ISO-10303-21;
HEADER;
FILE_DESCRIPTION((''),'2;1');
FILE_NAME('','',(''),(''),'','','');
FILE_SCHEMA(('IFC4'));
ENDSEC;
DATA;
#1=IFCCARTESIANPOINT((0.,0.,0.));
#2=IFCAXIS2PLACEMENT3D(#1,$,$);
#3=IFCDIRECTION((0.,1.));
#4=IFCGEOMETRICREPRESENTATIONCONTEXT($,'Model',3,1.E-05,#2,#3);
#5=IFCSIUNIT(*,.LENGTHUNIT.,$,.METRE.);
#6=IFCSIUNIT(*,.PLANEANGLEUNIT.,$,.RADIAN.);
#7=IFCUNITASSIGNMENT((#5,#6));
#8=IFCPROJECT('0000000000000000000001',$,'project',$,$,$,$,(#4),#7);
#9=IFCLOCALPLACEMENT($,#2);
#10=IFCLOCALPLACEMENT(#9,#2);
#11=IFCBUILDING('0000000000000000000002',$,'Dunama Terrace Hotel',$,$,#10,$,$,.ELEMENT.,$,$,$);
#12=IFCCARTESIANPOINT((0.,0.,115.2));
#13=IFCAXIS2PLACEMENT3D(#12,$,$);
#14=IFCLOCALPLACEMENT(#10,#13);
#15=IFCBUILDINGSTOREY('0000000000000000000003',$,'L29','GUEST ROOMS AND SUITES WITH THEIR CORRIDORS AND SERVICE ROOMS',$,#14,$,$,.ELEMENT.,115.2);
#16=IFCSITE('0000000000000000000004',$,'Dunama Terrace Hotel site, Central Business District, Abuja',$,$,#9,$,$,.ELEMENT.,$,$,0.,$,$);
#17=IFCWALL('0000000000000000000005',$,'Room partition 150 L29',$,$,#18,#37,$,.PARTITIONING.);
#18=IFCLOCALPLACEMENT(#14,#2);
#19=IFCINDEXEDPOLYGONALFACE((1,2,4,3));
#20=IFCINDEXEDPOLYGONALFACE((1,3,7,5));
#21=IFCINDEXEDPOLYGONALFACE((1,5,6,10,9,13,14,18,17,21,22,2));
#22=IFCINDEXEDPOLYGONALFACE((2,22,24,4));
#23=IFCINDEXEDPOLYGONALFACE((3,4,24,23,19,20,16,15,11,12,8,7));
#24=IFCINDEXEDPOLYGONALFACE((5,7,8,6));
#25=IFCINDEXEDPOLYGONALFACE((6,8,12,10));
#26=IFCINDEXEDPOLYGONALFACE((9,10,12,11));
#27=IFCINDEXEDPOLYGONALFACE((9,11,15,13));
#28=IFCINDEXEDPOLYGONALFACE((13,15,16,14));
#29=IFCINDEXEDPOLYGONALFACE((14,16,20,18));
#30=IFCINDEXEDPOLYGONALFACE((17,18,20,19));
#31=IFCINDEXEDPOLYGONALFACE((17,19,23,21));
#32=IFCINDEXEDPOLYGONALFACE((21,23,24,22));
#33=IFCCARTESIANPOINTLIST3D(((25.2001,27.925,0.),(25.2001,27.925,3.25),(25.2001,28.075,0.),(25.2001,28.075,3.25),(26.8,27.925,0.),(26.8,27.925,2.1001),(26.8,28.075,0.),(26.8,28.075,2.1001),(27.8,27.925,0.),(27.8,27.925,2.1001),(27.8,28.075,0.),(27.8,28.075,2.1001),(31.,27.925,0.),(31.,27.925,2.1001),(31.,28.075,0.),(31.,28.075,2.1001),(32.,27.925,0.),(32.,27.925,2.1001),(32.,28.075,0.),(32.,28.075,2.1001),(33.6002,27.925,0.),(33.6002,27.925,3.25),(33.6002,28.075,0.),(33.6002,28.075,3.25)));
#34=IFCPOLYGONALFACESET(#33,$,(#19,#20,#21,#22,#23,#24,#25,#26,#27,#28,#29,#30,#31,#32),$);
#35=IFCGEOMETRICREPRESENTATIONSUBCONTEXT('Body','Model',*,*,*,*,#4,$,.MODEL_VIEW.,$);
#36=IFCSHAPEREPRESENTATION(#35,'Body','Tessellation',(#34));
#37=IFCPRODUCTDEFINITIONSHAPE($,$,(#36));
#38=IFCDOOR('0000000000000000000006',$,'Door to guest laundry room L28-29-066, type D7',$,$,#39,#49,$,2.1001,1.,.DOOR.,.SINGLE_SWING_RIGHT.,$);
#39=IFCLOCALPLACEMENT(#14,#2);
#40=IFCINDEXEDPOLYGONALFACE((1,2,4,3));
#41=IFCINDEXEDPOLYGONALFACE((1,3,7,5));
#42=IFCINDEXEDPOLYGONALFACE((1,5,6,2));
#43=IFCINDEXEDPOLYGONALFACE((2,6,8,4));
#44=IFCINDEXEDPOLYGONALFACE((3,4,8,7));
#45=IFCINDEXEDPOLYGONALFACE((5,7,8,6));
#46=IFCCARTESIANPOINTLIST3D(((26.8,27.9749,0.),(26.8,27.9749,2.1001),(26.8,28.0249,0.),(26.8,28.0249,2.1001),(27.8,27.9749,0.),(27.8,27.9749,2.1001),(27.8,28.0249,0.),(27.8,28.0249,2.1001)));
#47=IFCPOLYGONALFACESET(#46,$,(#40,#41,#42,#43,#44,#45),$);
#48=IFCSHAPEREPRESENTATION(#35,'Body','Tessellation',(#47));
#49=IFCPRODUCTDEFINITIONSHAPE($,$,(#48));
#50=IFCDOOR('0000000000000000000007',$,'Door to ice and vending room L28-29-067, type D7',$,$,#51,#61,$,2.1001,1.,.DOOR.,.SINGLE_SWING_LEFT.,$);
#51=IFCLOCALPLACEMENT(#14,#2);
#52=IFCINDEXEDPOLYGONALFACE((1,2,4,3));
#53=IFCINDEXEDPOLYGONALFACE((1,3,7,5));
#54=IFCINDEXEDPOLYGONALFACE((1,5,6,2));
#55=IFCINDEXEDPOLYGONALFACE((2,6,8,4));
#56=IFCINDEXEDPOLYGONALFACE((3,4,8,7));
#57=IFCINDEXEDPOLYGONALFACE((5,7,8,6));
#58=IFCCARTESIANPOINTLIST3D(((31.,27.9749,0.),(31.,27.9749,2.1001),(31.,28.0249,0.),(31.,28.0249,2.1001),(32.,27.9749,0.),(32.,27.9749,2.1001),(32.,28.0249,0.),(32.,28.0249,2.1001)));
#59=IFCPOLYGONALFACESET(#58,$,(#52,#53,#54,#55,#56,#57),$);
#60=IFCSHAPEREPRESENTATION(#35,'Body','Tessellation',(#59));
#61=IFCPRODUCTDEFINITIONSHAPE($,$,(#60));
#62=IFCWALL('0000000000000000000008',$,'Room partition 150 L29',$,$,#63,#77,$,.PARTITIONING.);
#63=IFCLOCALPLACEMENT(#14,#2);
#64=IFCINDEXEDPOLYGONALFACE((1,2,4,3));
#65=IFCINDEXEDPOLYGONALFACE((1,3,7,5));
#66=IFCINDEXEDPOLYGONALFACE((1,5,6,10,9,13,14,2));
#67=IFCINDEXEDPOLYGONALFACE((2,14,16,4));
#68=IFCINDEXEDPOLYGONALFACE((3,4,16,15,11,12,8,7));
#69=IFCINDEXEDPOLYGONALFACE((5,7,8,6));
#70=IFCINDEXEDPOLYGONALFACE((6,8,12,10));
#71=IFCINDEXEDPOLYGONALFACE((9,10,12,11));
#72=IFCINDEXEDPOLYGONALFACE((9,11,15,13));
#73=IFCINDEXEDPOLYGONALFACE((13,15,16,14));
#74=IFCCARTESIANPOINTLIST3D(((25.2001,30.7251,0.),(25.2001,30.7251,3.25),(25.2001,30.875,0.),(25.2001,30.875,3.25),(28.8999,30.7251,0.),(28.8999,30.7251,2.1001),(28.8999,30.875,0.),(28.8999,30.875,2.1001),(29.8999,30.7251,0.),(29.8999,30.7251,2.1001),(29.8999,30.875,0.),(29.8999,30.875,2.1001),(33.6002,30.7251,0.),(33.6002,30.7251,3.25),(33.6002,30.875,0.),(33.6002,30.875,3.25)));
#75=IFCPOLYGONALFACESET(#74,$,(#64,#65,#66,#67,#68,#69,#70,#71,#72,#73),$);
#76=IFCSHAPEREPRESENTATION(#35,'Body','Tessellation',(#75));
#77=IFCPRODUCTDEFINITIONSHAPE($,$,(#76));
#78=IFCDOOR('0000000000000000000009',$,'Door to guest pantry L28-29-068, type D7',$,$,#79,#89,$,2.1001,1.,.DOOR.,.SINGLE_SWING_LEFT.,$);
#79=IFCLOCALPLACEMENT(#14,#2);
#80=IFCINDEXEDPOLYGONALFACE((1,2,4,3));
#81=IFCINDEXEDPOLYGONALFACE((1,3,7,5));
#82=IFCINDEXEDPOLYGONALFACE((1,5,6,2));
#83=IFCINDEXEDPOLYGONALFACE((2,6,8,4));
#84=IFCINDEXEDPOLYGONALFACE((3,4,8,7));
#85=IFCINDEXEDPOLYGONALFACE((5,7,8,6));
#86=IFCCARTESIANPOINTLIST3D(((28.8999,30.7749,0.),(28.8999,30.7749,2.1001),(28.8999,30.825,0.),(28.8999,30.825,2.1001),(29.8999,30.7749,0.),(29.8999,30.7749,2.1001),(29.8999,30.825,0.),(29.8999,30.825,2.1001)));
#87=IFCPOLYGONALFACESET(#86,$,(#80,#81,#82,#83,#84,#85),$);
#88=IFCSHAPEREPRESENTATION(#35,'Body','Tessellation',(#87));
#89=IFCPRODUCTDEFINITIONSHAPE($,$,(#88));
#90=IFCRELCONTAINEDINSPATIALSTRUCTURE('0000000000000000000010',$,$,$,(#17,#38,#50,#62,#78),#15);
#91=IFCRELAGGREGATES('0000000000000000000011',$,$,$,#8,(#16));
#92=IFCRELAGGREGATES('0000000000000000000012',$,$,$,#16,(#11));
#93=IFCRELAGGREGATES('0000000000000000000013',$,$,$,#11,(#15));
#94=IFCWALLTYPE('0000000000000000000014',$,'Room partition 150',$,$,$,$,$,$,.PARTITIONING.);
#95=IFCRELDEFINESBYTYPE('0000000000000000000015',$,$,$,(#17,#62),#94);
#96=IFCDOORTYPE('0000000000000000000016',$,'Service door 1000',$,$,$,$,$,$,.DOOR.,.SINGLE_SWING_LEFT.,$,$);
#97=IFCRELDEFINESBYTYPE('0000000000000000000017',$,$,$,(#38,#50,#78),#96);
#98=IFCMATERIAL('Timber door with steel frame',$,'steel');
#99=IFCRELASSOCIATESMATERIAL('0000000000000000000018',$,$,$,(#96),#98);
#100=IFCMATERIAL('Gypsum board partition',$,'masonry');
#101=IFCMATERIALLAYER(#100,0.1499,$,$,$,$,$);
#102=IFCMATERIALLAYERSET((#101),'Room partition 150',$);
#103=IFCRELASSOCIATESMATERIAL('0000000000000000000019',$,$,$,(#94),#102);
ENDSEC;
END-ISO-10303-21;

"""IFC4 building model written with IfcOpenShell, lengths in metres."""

from ifc_helpers import new_model, si_unit, direction, frame, frame_2d, origin, place, context, subcontext, project, spatial, rectangle, extrude, material, layer, layer_set, type_object, element, fill, save


model = new_model("IFC4")

# Units and contexts
model_context = context("Model", 3, precision=1e-05, world=origin(), true_north=direction((0.0, 1.0)))
body_context = subcontext(model_context, "Body", "Model", "MODEL_VIEW")
ifc_project = project(units=[si_unit("LENGTHUNIT", "METRE"), si_unit("PLANEANGLEUNIT", "RADIAN")], contexts=[model_context])

# Site, building, storey
site_placement = place(None, origin())
site = spatial("IfcSite", under=ifc_project, at=site_placement, Name="Dunama Terrace Hotel site, Central Business District, Abuja", CompositionType="ELEMENT", RefElevation=0.0)
building_placement = place(site_placement, origin())
building = spatial("IfcBuilding", under=site, at=building_placement, Name="Dunama Terrace Hotel", CompositionType="ELEMENT")
storey_placement = place(building_placement, frame((0.0, 0.0, 115.2)))
storey = spatial("IfcBuildingStorey", under=building, at=storey_placement, Name="L29", Description="GUEST ROOMS AND SUITES WITH THEIR CORRIDORS AND SERVICE ROOMS", CompositionType="ELEMENT", Elevation=115.2)

# Shared definitions
ifc_material_1 = material(Name="Timber door with steel frame", Category="steel")
door_type_1 = type_object("IfcDoorType", Name="Service door 1000", OperationType="SINGLE_SWING_LEFT", PredefinedType="DOOR", material=ifc_material_1)

# Wall, openings, doors
ifc_material_2 = material(Name="Gypsum board partition", Category="masonry")
ifc_layer_1 = layer(ifc_material_2, 0.1499)
ifc_layer_set_1 = layer_set([ifc_layer_1], Name="Room partition 150")
wall_type_1 = type_object("IfcWallType", Name="Room partition 150", PredefinedType="PARTITIONING", material=ifc_layer_set_1)
wall_1_placement = place(storey_placement, frame((25.2, 28.0, 0.0), z_axis=(0.0, 0.0, 1.0), x_axis=(1.0, 0.0, 0.0)))
wall_1 = element("IfcWall", 1, at=wall_1_placement, inside=storey, type_object=wall_type_1, Name="Room partition 150 L29", PredefinedType="PARTITIONING", context=body_context, shape_type="SweptSolid", body=[
    extrude(rectangle(XDim=8.4001, YDim=0.1499, at=frame_2d((4.2002, 0.0))), origin(), (0.0, 0.0, 1.0), 3.25),
])
opening_1_placement = place(wall_1_placement, frame((1.6001, 0.0, 0.0)))
opening_1 = element("IfcOpeningElement", 2, at=opening_1_placement, cuts=wall_1, PredefinedType="OPENING", context=body_context, shape_type="SweptSolid", body=[
    extrude(rectangle(XDim=1.0, YDim=2.1001, at=frame_2d((0.5, 1.05))), frame((0.0, 0.085, 0.0), z_axis=(0.0, -1.0, 0.0), x_axis=(1.0, 0.0, 0.0)), (0.0, 0.0, 1.0), 0.1699),
])
opening_2_placement = place(wall_1_placement, frame((5.8, 0.0, 0.0)))
opening_2 = element("IfcOpeningElement", 3, at=opening_2_placement, cuts=wall_1, PredefinedType="OPENING", context=body_context, shape_type="SweptSolid", body=[
    extrude(rectangle(XDim=1.0, YDim=2.1001, at=frame_2d((0.5, 1.05))), frame((0.0, 0.085, 0.0), z_axis=(0.0, -1.0, 0.0), x_axis=(1.0, 0.0, 0.0)), (0.0, 0.0, 1.0), 0.1699),
])
door_1_placement = place(opening_1_placement, frame((1.0, 0.0, 0.0), z_axis=(0.0, 0.0, 1.0), x_axis=(-1.0, 0.0, 0.0)))
door_1 = element("IfcDoor", 4, at=door_1_placement, inside=storey, type_object=door_type_1, Name="Door to guest laundry room L28-29-066, type D7", OperationType="SINGLE_SWING_RIGHT", OverallHeight=2.1001, OverallWidth=1.0, PredefinedType="DOOR", context=body_context, shape_type="SweptSolid", body=[
    extrude(rectangle(XDim=1.0, YDim=2.1001, at=frame_2d((0.5, 1.05))), frame((0.0, 0.0251, 0.0), z_axis=(0.0, -1.0, 0.0), x_axis=(1.0, 0.0, 0.0)), (0.0, 0.0, 1.0), 0.05),
])
fill(opening_1, door_1)
door_2_placement = place(opening_2_placement, frame((1.0, 0.0, 0.0), z_axis=(0.0, 0.0, 1.0), x_axis=(-1.0, 0.0, 0.0)))
door_2 = element("IfcDoor", 5, at=door_2_placement, inside=storey, type_object=door_type_1, Name="Door to ice and vending room L28-29-067, type D7", OperationType="SINGLE_SWING_LEFT", OverallHeight=2.1001, OverallWidth=1.0, PredefinedType="DOOR", context=body_context, shape_type="SweptSolid", body=[
    extrude(rectangle(XDim=1.0, YDim=2.1001, at=frame_2d((0.5, 1.05))), frame((0.0, 0.0251, 0.0), z_axis=(0.0, -1.0, 0.0), x_axis=(1.0, 0.0, 0.0)), (0.0, 0.0, 1.0), 0.05),
])
fill(opening_2, door_2)

# Wall, opening, door
wall_2_placement = place(storey_placement, frame((25.2, 30.8, 0.0), z_axis=(0.0, 0.0, 1.0), x_axis=(1.0, 0.0, 0.0)))
wall_2 = element("IfcWall", 6, at=wall_2_placement, inside=storey, type_object=wall_type_1, Name="Room partition 150 L29", PredefinedType="PARTITIONING", context=body_context, shape_type="SweptSolid", body=[
    extrude(rectangle(XDim=8.4001, YDim=0.1499, at=frame_2d((4.2002, 0.0))), origin(), (0.0, 0.0, 1.0), 3.25),
])
opening_3_placement = place(wall_2_placement, frame((3.7, 0.0, 0.0)))
opening_3 = element("IfcOpeningElement", 7, at=opening_3_placement, cuts=wall_2, PredefinedType="OPENING", context=body_context, shape_type="SweptSolid", body=[
    extrude(rectangle(XDim=1.0, YDim=2.1001, at=frame_2d((0.5, 1.05))), frame((0.0, 0.085, 0.0), z_axis=(0.0, -1.0, 0.0), x_axis=(1.0, 0.0, 0.0)), (0.0, 0.0, 1.0), 0.1699),
])
door_3_placement = place(opening_3_placement, origin())
door_3 = element("IfcDoor", 8, at=door_3_placement, inside=storey, type_object=door_type_1, Name="Door to guest pantry L28-29-068, type D7", OperationType="SINGLE_SWING_LEFT", OverallHeight=2.1001, OverallWidth=1.0, PredefinedType="DOOR", context=body_context, shape_type="SweptSolid", body=[
    extrude(rectangle(XDim=1.0, YDim=2.1001, at=frame_2d((0.5, 1.05))), frame((0.0, 0.0249, 0.0), z_axis=(0.0, -1.0, 0.0), x_axis=(1.0, 0.0, 0.0)), (0.0, 0.0, 1.0), 0.05),
])
fill(opening_3, door_3)

save(model, "model.ifc")
